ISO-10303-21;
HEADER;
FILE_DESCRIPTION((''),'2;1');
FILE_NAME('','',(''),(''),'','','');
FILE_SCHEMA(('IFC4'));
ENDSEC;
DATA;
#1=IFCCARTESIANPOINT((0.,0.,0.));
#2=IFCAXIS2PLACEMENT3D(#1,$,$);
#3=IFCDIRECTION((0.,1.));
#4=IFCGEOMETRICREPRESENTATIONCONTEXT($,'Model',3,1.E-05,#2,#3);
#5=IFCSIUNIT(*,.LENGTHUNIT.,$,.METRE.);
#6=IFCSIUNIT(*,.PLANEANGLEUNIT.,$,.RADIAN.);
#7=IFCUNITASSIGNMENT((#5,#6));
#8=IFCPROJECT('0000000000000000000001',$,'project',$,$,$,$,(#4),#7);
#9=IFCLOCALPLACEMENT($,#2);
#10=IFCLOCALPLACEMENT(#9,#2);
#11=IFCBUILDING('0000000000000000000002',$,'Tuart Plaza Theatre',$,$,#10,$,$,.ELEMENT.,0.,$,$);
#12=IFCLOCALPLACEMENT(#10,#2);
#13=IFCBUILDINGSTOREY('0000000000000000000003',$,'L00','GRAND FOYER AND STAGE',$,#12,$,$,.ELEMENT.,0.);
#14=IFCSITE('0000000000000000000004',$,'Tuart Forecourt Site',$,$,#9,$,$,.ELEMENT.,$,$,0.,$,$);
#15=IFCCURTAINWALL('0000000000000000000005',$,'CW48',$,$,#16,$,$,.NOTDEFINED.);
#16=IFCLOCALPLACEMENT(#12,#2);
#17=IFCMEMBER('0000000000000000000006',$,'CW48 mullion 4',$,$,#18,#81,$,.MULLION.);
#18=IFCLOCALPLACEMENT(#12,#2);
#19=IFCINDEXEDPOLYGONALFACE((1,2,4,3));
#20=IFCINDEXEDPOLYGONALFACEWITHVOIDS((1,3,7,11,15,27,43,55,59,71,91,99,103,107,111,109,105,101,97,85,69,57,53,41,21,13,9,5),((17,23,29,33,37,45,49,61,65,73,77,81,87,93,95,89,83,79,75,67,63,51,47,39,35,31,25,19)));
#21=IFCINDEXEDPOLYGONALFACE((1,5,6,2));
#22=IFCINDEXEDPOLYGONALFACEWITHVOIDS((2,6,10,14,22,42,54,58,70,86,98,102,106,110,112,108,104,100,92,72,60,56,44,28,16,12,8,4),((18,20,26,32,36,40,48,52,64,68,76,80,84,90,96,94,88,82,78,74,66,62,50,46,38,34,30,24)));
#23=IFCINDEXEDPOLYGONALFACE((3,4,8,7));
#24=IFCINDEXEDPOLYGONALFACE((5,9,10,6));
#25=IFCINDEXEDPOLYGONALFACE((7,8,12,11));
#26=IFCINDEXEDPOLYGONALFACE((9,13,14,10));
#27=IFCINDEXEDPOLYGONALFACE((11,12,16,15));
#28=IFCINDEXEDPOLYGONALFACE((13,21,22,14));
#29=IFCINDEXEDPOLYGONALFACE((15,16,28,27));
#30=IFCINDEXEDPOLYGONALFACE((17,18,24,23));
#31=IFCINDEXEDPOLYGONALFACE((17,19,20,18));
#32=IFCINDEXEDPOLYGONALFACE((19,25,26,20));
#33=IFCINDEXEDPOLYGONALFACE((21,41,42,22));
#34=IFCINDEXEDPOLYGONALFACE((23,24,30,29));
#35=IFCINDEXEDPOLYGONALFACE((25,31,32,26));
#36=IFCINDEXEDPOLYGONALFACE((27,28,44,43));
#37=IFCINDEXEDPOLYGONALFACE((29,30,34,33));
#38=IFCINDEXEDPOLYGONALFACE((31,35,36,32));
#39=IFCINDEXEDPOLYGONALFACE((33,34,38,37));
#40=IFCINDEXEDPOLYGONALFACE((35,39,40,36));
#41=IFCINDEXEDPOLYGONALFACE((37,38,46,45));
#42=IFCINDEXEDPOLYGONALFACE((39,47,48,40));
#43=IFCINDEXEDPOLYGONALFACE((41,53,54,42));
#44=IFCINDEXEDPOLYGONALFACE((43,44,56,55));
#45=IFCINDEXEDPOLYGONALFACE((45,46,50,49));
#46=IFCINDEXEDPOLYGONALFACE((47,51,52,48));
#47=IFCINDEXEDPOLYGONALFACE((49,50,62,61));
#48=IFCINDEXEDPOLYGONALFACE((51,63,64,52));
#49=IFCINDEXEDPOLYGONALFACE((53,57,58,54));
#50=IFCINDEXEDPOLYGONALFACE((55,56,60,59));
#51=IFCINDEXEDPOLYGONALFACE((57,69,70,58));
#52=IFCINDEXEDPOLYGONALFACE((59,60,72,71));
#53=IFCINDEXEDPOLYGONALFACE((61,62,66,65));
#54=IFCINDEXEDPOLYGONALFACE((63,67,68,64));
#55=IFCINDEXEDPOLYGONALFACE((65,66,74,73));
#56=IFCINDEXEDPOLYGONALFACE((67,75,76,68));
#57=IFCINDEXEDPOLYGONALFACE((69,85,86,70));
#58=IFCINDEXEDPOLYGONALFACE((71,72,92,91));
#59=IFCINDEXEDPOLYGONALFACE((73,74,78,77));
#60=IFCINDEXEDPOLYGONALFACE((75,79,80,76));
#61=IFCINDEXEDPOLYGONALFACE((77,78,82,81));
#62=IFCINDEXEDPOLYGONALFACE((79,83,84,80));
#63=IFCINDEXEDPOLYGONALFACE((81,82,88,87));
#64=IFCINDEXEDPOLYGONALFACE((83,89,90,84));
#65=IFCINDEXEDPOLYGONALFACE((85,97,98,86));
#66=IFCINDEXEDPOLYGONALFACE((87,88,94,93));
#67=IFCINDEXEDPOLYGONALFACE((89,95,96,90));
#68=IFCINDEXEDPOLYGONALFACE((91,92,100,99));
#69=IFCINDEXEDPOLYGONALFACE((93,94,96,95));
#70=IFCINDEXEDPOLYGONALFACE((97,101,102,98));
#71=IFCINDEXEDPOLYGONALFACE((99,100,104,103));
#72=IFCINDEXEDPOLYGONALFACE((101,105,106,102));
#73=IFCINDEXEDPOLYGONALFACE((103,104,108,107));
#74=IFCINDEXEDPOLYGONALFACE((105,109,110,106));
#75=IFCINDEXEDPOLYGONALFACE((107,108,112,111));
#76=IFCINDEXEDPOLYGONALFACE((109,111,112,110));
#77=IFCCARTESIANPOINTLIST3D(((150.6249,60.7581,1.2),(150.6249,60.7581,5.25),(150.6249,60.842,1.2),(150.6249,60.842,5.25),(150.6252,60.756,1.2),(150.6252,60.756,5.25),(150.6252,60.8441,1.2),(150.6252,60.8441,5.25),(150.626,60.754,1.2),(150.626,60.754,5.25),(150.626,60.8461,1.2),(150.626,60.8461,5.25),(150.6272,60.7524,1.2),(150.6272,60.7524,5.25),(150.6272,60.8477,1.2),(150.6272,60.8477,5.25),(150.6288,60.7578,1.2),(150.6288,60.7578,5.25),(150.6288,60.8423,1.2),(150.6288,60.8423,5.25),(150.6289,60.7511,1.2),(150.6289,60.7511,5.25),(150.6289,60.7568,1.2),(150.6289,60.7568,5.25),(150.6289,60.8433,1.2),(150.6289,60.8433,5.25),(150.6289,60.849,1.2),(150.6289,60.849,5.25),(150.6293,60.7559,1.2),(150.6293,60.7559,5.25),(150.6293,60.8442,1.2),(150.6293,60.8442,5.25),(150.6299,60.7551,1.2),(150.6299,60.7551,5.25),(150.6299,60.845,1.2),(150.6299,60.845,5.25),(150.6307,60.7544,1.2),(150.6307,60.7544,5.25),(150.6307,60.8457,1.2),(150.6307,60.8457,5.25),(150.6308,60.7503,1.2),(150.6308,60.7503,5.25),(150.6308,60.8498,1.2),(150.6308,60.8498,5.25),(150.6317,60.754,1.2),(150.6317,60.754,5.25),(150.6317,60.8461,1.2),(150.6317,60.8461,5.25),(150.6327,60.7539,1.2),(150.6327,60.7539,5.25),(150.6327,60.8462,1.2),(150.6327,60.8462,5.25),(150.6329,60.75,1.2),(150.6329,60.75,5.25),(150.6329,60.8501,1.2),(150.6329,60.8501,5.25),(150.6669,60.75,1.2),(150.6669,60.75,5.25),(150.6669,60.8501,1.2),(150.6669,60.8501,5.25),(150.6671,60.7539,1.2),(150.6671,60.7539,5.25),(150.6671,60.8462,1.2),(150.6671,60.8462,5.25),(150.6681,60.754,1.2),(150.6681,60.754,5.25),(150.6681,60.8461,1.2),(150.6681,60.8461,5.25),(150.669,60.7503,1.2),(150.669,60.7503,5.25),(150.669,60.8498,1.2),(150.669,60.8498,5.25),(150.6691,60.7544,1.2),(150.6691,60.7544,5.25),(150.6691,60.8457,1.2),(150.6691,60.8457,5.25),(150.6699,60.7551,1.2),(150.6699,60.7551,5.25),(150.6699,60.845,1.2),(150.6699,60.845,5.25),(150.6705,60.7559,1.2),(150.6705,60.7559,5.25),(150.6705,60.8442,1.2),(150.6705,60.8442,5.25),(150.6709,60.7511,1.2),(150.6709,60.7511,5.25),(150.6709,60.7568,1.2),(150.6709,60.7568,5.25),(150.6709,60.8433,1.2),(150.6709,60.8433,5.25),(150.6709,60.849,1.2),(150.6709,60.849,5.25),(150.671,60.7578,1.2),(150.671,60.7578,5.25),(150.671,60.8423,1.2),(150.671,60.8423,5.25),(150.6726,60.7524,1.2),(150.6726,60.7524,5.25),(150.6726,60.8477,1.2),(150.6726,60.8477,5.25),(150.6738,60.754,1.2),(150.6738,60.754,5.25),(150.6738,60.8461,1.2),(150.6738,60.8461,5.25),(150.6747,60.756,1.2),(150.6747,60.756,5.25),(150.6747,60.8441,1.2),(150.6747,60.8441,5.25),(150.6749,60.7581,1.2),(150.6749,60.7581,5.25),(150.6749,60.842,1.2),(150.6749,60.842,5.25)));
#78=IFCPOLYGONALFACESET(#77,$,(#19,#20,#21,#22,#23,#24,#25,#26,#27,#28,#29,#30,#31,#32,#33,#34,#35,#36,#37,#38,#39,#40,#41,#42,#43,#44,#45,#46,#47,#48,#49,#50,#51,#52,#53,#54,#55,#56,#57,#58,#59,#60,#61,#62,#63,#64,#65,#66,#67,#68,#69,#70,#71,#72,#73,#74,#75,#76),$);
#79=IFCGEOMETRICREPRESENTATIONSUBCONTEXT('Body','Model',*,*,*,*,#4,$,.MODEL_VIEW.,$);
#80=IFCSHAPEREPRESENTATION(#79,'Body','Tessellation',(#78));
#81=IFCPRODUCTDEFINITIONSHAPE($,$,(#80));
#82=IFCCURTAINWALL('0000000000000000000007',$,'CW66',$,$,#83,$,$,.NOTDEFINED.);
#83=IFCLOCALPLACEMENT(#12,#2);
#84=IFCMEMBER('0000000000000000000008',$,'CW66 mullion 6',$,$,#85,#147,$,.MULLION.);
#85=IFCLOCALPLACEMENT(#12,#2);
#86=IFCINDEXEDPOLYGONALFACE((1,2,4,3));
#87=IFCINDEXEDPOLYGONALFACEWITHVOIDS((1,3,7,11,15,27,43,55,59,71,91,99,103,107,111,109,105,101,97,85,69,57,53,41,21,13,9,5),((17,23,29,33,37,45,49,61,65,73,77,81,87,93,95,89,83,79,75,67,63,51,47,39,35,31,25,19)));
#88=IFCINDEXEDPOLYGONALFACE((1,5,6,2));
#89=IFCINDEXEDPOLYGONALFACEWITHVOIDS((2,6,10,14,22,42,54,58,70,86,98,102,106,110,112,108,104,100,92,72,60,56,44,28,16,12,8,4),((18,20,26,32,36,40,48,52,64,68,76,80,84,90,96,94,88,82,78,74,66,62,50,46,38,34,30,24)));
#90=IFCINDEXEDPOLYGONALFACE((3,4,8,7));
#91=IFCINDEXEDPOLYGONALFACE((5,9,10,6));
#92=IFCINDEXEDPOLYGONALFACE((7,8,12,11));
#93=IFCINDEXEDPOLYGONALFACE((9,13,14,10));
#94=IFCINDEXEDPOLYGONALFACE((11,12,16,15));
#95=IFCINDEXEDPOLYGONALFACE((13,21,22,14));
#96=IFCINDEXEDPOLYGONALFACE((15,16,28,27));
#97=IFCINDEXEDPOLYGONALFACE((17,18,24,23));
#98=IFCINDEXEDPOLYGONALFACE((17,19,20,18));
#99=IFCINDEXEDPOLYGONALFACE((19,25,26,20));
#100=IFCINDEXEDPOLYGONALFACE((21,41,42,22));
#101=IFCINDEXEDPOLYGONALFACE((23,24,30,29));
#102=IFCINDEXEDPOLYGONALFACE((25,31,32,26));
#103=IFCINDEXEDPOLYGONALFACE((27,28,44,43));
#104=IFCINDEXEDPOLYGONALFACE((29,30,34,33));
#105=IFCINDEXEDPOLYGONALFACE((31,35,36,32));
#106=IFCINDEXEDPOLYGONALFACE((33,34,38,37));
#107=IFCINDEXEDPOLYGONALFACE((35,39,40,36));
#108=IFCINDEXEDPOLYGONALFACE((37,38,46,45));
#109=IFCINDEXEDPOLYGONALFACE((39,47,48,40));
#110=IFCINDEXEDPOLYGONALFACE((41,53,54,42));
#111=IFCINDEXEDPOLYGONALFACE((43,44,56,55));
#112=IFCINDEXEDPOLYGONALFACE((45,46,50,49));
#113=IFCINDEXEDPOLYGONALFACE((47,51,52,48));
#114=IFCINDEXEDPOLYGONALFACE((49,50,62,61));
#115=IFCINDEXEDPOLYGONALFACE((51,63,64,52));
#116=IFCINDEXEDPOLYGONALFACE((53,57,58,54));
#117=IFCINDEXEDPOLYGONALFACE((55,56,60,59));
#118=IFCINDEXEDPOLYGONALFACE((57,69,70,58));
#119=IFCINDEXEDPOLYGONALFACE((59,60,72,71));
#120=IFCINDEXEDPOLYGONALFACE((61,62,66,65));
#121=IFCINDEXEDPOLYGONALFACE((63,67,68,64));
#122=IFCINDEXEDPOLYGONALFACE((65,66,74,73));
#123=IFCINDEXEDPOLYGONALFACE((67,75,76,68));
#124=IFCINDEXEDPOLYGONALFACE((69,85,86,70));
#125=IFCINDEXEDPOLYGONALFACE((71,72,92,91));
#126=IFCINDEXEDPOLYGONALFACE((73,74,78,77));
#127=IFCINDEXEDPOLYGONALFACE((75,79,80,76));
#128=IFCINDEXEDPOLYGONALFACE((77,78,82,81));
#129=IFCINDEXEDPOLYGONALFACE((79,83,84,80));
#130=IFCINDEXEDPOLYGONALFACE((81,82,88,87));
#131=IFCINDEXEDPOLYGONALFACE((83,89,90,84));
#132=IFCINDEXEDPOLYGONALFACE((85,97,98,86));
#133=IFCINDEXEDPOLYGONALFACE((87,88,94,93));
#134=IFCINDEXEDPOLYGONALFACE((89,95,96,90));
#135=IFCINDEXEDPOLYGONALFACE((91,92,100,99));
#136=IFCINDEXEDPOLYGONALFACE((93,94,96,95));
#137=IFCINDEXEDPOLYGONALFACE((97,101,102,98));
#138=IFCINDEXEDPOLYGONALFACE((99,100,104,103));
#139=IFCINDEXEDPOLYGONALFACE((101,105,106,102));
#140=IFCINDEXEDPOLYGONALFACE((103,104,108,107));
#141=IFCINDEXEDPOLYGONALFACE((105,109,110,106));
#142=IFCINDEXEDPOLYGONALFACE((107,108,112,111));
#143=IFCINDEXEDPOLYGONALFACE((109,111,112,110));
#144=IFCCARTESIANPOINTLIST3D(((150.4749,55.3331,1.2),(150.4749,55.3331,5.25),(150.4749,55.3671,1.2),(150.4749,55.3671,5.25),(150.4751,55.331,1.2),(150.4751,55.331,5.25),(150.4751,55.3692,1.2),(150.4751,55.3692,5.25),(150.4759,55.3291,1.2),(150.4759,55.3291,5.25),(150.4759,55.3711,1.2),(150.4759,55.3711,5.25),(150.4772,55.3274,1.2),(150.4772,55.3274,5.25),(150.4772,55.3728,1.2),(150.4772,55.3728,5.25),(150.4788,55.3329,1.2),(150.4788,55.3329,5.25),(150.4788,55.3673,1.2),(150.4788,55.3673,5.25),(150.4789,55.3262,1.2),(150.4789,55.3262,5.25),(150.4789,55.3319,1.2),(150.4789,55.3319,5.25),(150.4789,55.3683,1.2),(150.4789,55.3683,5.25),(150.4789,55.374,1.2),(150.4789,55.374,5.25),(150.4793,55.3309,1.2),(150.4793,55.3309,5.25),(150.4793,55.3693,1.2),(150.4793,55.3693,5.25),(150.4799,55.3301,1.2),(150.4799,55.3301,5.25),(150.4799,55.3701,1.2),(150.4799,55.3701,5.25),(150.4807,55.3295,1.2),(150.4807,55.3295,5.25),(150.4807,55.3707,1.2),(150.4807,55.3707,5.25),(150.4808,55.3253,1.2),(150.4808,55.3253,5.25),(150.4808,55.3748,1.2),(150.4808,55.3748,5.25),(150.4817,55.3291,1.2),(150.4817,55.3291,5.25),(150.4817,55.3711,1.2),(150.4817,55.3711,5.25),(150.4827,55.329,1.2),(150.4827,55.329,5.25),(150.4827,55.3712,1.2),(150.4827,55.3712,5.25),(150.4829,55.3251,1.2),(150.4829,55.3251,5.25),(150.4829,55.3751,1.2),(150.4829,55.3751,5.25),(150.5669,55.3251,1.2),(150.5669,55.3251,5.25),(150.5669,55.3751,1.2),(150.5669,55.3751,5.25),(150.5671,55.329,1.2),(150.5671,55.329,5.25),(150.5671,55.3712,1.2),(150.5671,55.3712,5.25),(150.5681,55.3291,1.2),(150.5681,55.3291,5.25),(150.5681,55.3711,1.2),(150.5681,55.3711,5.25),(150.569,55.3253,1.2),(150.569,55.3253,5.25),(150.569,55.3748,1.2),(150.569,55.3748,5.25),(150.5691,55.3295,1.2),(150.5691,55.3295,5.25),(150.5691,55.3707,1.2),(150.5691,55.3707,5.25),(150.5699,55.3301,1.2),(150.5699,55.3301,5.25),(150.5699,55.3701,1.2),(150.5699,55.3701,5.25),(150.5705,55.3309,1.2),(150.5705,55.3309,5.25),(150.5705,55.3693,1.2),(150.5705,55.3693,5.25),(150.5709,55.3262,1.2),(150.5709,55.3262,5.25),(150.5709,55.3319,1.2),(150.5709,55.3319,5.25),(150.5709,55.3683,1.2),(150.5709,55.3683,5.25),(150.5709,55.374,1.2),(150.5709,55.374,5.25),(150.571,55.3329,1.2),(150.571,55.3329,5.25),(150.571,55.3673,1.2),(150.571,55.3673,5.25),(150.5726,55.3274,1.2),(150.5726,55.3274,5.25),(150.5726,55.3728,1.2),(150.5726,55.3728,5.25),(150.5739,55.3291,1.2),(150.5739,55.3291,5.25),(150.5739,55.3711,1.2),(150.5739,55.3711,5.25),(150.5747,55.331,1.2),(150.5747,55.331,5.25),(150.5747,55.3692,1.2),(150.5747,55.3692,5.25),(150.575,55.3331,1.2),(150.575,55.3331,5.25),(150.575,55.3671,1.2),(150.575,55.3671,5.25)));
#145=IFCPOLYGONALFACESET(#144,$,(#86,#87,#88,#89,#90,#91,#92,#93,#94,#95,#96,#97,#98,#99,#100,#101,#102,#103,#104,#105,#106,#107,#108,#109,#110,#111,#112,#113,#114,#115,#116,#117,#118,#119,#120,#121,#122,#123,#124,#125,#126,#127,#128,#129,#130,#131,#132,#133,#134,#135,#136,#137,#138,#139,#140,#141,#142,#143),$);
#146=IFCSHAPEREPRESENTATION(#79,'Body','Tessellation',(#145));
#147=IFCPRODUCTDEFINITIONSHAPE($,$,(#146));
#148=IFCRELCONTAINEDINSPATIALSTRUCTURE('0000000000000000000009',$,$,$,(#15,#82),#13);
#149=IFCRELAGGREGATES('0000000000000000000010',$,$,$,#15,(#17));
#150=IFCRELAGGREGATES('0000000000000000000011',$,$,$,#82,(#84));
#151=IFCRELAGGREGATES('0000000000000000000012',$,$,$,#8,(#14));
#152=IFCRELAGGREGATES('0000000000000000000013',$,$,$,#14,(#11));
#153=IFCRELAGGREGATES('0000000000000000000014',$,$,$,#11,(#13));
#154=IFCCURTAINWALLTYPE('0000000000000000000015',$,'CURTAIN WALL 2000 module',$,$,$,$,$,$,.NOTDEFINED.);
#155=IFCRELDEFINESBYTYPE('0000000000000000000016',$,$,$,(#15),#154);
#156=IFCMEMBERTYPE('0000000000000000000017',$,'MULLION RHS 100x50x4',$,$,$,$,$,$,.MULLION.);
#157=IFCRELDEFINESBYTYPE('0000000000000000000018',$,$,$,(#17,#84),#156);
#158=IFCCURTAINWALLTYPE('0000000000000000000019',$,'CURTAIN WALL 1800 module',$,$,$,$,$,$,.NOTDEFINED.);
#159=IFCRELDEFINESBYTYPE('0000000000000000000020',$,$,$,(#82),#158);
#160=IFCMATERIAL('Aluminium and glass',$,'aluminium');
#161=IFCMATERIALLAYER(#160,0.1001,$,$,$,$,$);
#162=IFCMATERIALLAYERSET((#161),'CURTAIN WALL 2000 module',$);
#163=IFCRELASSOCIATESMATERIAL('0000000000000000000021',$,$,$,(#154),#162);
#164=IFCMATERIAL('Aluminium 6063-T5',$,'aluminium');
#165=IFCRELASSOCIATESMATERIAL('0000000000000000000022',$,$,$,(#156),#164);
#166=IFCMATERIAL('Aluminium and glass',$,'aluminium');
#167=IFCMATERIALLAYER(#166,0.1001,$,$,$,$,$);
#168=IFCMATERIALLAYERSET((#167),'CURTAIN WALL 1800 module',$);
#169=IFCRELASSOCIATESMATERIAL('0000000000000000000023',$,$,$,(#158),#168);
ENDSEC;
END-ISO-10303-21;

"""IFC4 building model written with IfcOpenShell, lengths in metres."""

from ifc_helpers import new_model, si_unit, direction, frame, origin, origin_2d, place, context, subcontext, project, spatial, hollow_rectangle, extrude, material, layer, layer_set, material_profile, profile_set, type_object, element, aggregate, save


model = new_model("IFC4")

# Units and contexts
model_context = context("Model", 3, precision=1e-05, world=origin(), true_north=direction((0.0, 1.0)))
body_context = subcontext(model_context, "Body", "Model", "MODEL_VIEW")
ifc_project = project(units=[si_unit("LENGTHUNIT", "METRE"), si_unit("PLANEANGLEUNIT", "RADIAN")], contexts=[model_context])

# Site, building, storey
site_placement = place(None, origin())
site = spatial("IfcSite", under=ifc_project, at=site_placement, Name="Tuart Forecourt Site", CompositionType="ELEMENT", RefElevation=0.0)
building_placement = place(site_placement, origin())
building = spatial("IfcBuilding", under=site, at=building_placement, Name="Tuart Plaza Theatre", CompositionType="ELEMENT", ElevationOfRefHeight=0.0)
storey_placement = place(building_placement, origin())
storey = spatial("IfcBuildingStorey", under=building, at=storey_placement, Name="L00", Description="GRAND FOYER AND STAGE", CompositionType="ELEMENT", Elevation=0.0)

# Curtain wall, member
ifc_material_1 = material(Name="Aluminium and glass", Category="aluminium")
ifc_layer_1 = layer(ifc_material_1, 0.1001)
ifc_layer_set_1 = layer_set([ifc_layer_1], Name="CURTAIN WALL 2000 module")
curtain_wall_type_1 = type_object("IfcCurtainWallType", Name="CURTAIN WALL 2000 module", PredefinedType="NOTDEFINED", material=ifc_layer_set_1)
curtain_wall_1_placement = place(storey_placement, origin())
curtain_wall_1 = element("IfcCurtainWall", 1, at=curtain_wall_1_placement, inside=storey, type_object=curtain_wall_type_1, Name="CW48", PredefinedType="NOTDEFINED")
ifc_material_2 = material(Name="Aluminium 6063-T5", Category="aluminium")
ifc_material_profile_1 = material_profile(ifc_material_2, hollow_rectangle(XDim=0.05, YDim=0.1001, WallThickness=0.0039, InnerFilletRadius=0.0039, OuterFilletRadius=0.0081, at=origin_2d()), Name="RHS 100x50x4")
ifc_profile_set_1 = profile_set([ifc_material_profile_1], Name="Aluminium 6063-T5")
member_type_1 = type_object("IfcMemberType", Name="MULLION RHS 100x50x4", PredefinedType="MULLION", material=ifc_profile_set_1)
member_1_placement = place(storey_placement, frame((150.6499, 60.8, 1.2), z_axis=(0.0, 0.0, 1.0), x_axis=(-1.0, 0.0, 0.0)))
member_1 = element("IfcMember", 2, at=member_1_placement, type_object=member_type_1, Name="CW48 mullion 4", PredefinedType="MULLION", context=body_context, shape_type="SweptSolid", body=[
    extrude(hollow_rectangle(XDim=0.05, YDim=0.1001, WallThickness=0.0039, InnerFilletRadius=0.0039, OuterFilletRadius=0.0081, at=origin_2d()), origin(), (0.0, 0.0, 1.0), 4.05),
])

# Curtain wall, member
ifc_material_3 = material(Name="Aluminium and glass", Category="aluminium")
ifc_layer_2 = layer(ifc_material_3, 0.1001)
ifc_layer_set_2 = layer_set([ifc_layer_2], Name="CURTAIN WALL 1800 module")
curtain_wall_type_2 = type_object("IfcCurtainWallType", Name="CURTAIN WALL 1800 module", PredefinedType="NOTDEFINED", material=ifc_layer_set_2)
curtain_wall_2_placement = place(storey_placement, origin())
curtain_wall_2 = element("IfcCurtainWall", 3, at=curtain_wall_2_placement, inside=storey, type_object=curtain_wall_type_2, Name="CW66", PredefinedType="NOTDEFINED")
member_2_placement = place(storey_placement, frame((150.5249, 55.3501, 1.2), z_axis=(0.0, 0.0, 1.0), x_axis=(0.0, 1.0, 0.0)))
member_2 = element("IfcMember", 4, at=member_2_placement, type_object=member_type_1, Name="CW66 mullion 6", PredefinedType="MULLION", context=body_context, shape_type="SweptSolid", body=[
    extrude(hollow_rectangle(XDim=0.05, YDim=0.1001, WallThickness=0.0039, InnerFilletRadius=0.0039, OuterFilletRadius=0.0081, at=origin_2d()), origin(), (0.0, 0.0, 1.0), 4.05),
])

aggregate(curtain_wall_1, [member_1])
aggregate(curtain_wall_2, [member_2])

save(model, "model.ifc")
